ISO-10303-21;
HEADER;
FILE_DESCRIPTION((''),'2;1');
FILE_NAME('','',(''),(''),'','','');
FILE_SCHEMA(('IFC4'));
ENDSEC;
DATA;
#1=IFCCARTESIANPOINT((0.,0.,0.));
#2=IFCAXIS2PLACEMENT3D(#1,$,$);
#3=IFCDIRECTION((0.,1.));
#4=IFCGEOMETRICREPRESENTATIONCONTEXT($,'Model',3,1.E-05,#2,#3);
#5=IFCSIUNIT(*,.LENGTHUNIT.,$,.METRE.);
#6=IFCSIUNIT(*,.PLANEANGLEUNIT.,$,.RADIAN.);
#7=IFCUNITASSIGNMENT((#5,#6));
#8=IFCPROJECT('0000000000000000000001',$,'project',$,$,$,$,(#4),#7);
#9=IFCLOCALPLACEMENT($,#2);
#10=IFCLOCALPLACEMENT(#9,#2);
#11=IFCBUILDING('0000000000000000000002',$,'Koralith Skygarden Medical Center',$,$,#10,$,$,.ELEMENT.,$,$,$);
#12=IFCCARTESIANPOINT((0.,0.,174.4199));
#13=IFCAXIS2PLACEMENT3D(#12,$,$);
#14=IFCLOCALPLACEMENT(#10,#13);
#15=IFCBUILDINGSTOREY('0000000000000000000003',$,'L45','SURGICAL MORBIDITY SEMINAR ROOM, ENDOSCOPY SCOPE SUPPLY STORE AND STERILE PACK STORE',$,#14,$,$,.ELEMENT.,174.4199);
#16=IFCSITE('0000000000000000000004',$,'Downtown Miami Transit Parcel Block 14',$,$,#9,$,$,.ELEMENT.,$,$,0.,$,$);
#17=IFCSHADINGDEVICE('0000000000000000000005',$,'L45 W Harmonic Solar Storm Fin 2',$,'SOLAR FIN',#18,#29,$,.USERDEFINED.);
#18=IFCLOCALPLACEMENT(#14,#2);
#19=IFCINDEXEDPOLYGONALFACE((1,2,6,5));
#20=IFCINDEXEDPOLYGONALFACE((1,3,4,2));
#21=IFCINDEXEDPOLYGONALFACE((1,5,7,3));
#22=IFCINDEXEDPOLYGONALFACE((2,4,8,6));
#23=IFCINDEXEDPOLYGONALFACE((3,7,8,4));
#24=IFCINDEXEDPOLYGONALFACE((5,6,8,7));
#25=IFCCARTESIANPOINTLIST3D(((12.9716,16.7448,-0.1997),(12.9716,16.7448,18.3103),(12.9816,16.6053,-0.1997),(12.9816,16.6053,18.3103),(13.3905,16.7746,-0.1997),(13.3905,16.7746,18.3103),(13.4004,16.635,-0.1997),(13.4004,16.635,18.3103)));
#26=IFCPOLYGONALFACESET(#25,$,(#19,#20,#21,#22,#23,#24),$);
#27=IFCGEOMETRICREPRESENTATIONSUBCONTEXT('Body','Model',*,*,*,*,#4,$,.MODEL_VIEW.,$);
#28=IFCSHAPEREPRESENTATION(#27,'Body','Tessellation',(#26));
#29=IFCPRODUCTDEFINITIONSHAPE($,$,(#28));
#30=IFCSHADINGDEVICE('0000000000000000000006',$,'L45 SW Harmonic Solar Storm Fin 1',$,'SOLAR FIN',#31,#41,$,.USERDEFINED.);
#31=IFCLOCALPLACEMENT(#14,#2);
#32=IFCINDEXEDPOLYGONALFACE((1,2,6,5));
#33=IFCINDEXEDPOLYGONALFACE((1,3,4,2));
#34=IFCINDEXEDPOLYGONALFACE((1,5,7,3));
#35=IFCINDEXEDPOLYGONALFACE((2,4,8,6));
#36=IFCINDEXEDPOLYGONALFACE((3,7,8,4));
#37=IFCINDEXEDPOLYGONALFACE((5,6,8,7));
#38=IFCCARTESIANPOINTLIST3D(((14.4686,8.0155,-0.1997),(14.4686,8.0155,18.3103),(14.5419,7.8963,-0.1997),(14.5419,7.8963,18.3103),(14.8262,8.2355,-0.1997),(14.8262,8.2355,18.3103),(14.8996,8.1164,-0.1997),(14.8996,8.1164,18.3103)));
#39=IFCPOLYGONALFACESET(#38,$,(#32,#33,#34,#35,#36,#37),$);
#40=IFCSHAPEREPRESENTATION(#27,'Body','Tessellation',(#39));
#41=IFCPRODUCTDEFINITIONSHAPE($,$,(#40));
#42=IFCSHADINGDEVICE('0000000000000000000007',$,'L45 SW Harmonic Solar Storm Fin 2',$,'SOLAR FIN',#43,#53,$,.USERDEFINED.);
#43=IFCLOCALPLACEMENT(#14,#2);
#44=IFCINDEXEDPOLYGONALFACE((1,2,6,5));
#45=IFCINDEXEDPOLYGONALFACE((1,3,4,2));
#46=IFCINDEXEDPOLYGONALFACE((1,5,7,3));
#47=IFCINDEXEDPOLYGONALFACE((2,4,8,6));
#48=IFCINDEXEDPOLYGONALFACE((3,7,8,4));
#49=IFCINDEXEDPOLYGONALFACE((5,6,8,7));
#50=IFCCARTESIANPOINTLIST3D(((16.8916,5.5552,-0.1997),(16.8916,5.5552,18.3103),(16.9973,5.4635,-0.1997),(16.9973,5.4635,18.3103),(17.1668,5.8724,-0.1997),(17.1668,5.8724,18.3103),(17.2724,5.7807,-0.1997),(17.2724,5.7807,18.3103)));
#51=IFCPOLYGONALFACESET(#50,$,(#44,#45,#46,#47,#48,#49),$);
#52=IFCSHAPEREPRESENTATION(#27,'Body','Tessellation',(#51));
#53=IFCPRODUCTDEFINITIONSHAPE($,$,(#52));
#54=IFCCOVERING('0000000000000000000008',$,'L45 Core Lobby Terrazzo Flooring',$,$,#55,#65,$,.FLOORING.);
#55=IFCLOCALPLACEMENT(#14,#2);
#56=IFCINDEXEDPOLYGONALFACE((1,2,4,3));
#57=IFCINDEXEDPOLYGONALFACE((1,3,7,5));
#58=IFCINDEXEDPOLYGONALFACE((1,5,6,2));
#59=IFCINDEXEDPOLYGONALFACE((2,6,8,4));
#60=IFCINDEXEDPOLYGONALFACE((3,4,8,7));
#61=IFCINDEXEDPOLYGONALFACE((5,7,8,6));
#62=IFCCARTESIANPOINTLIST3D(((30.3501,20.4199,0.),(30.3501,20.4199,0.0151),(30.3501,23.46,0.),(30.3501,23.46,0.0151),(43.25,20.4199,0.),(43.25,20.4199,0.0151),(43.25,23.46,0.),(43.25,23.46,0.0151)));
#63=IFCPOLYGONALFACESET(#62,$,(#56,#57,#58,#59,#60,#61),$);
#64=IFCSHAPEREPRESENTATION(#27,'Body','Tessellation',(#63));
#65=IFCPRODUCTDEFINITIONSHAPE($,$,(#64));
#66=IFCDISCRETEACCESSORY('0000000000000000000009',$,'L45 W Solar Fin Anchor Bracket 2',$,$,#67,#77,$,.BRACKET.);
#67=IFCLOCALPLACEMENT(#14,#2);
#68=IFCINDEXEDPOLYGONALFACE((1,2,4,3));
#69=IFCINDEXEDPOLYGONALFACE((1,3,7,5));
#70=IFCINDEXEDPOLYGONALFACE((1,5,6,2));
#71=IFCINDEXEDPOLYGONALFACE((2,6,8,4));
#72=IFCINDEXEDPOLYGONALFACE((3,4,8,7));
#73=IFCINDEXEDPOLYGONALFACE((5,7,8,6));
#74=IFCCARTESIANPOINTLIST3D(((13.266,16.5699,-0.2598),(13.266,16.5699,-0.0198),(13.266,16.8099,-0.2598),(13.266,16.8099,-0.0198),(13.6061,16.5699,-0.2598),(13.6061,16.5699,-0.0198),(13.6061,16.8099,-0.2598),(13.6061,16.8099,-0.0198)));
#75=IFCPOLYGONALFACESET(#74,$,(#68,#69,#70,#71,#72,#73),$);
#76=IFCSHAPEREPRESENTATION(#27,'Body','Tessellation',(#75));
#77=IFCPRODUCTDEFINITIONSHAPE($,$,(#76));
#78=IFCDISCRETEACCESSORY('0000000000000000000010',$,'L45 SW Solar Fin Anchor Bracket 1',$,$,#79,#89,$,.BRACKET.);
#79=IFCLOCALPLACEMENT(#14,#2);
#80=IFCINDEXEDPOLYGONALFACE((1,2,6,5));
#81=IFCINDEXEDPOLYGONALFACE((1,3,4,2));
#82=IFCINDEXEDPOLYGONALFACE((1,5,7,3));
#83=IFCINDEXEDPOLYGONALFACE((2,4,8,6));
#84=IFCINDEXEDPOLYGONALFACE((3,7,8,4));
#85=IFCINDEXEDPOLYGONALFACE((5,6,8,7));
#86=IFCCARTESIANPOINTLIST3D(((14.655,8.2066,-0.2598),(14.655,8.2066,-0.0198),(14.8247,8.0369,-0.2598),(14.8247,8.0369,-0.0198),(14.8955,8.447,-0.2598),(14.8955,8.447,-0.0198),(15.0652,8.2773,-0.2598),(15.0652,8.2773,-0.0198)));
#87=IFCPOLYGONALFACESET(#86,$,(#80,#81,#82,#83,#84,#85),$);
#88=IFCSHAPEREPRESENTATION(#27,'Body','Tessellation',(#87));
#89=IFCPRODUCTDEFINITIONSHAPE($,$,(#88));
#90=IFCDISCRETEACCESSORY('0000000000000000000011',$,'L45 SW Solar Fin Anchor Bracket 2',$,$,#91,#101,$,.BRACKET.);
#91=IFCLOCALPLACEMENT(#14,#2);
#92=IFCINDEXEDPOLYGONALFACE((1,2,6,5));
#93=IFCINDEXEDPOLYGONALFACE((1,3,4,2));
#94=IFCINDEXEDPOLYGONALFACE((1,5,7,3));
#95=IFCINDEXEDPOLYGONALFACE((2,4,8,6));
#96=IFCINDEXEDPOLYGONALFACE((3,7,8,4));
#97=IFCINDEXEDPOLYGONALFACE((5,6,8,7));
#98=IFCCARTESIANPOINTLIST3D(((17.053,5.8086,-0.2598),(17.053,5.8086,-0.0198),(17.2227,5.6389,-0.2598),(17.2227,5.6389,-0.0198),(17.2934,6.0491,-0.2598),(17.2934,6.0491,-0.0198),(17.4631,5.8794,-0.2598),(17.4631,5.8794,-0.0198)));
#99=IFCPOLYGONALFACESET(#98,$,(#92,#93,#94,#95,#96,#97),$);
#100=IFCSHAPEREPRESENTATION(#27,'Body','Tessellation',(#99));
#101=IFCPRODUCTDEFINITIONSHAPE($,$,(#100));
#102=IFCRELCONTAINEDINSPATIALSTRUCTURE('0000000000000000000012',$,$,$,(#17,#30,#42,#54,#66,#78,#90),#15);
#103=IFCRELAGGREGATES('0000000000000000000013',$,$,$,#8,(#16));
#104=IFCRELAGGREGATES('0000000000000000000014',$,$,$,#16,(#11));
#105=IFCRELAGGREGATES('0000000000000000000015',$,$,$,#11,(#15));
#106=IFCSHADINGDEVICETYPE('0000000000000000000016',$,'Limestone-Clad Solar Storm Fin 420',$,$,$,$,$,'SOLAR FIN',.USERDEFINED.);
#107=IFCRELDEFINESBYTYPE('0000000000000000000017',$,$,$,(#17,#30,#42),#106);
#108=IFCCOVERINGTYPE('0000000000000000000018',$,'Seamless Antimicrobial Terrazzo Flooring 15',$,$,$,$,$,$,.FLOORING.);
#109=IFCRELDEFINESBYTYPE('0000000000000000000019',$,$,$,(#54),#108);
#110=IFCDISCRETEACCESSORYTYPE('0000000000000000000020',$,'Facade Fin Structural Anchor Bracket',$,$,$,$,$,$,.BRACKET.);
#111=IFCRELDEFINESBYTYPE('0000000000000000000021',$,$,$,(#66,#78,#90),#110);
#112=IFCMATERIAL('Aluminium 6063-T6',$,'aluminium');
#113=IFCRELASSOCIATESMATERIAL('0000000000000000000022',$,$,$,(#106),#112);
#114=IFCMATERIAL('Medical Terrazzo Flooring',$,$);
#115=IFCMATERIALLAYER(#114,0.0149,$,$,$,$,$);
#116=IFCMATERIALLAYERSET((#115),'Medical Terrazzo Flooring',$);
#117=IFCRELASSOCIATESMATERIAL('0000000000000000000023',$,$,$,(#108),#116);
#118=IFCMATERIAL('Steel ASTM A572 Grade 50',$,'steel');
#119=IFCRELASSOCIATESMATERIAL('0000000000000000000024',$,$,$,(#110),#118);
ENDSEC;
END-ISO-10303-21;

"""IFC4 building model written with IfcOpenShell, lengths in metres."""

from ifc_helpers import new_model, si_unit, direction, frame, origin, origin_2d, place, context, subcontext, project, spatial, polyline, rectangle, outline, extrude, material, layer, layer_set, type_object, element, save


model = new_model("IFC4")

# Units and contexts
model_context = context("Model", 3, precision=1e-05, world=origin(), true_north=direction((0.0, 1.0)))
body_context = subcontext(model_context, "Body", "Model", "MODEL_VIEW")
ifc_project = project(units=[si_unit("LENGTHUNIT", "METRE"), si_unit("PLANEANGLEUNIT", "RADIAN")], contexts=[model_context])

# Site, building, storey
site_placement = place(None, origin())
site = spatial("IfcSite", under=ifc_project, at=site_placement, Name="Downtown Miami Transit Parcel Block 14", CompositionType="ELEMENT", RefElevation=0.0)
building_placement = place(site_placement, origin())
building = spatial("IfcBuilding", under=site, at=building_placement, Name="Koralith Skygarden Medical Center", CompositionType="ELEMENT")
storey_placement = place(building_placement, frame((0.0, 0.0, 174.4199)))
storey = spatial("IfcBuildingStorey", under=building, at=storey_placement, Name="L45", Description="SURGICAL MORBIDITY SEMINAR ROOM, ENDOSCOPY SCOPE SUPPLY STORE AND STERILE PACK STORE", CompositionType="ELEMENT", Elevation=174.4199)

# Shared definitions
ifc_material_1 = material(Name="Aluminium 6063-T6", Category="aluminium")

# Shading devices
shading_device_type = type_object("IfcShadingDeviceType", Name="Limestone-Clad Solar Storm Fin 420", ElementType="SOLAR FIN", PredefinedType="USERDEFINED", material=ifc_material_1)
for number, where, z_axis, x_axis, name in (
    (1, (13.186, 16.6899, -0.1997), (0.0, 0.0, 1.0), (-0.997487, -0.070853, 0.0), "L45 W Harmonic Solar Storm Fin 2"),
    (2, (14.6841, 8.0659, -0.1997), (0.0, 0.0, 1.0), (-0.851672, -0.524075, 0.0), "L45 SW Harmonic Solar Storm Fin 1"),
    (3, (17.082, 5.668, -0.1997), (0.0, 0.0, 1.0), (-0.655229, -0.75543, 0.0), "L45 SW Harmonic Solar Storm Fin 2"),
):
    element("IfcShadingDevice", number, at=place(storey_placement, frame(where, z_axis=z_axis, x_axis=x_axis)), inside=storey, type_object=shading_device_type, Name=name, ObjectType="SOLAR FIN", PredefinedType="USERDEFINED", context=body_context, shape_type="SweptSolid", body=[
        extrude(rectangle(XDim=0.4199, YDim=0.1399, at=origin_2d()), origin(), (0.0, 0.0, 1.0), 18.51),
    ])

# Covering
ifc_material_2 = material(Name="Medical Terrazzo Flooring")
ifc_layer_1 = layer(ifc_material_2, 0.0149)
ifc_layer_set_1 = layer_set([ifc_layer_1], Name="Medical Terrazzo Flooring")
covering_type_1 = type_object("IfcCoveringType", Name="Seamless Antimicrobial Terrazzo Flooring 15", PredefinedType="FLOORING", material=ifc_layer_set_1)
covering_1_placement = place(storey_placement, origin())
element("IfcCovering", 4, at=covering_1_placement, inside=storey, type_object=covering_type_1, Name="L45 Core Lobby Terrazzo Flooring", PredefinedType="FLOORING", context=body_context, shape_type="SweptSolid", body=[
    extrude(outline(polyline([(30.3501, 20.4199), (43.25, 20.4199), (43.25, 23.46), (30.3501, 23.46), (30.3501, 20.4199)])), origin(), (0.0, 0.0, 1.0), 0.0151),
])

# Discrete accessories
ifc_material_3 = material(Name="Steel ASTM A572 Grade 50", Category="steel")
discrete_accessory_type = type_object("IfcDiscreteAccessoryType", Name="Facade Fin Structural Anchor Bracket", PredefinedType="BRACKET", material=ifc_material_3)
for number, where, z_axis, x_axis, name in (
    (5, (13.436, 16.6899, -0.2598), (0.0, 0.0, 1.0), (-1.0, 0.0, 0.0), "L45 W Solar Fin Anchor Bracket 2"),
    (6, (14.8601, 8.2419, -0.2598), (0.0, 0.0, 1.0), (-0.707107, -0.707107, 0.0), "L45 SW Solar Fin Anchor Bracket 1"),
    (7, (17.2581, 5.844, -0.2598), (0.0, 0.0, 1.0), (-0.707107, -0.707107, 0.0), "L45 SW Solar Fin Anchor Bracket 2"),
):
    element("IfcDiscreteAccessory", number, at=place(storey_placement, frame(where, z_axis=z_axis, x_axis=x_axis)), inside=storey, type_object=discrete_accessory_type, Name=name, PredefinedType="BRACKET", context=body_context, shape_type="SweptSolid", body=[
        extrude(rectangle(XDim=0.3401, YDim=0.24, at=origin_2d()), origin(), (0.0, 0.0, 1.0), 0.24),
    ])

save(model, "model.ifc")
